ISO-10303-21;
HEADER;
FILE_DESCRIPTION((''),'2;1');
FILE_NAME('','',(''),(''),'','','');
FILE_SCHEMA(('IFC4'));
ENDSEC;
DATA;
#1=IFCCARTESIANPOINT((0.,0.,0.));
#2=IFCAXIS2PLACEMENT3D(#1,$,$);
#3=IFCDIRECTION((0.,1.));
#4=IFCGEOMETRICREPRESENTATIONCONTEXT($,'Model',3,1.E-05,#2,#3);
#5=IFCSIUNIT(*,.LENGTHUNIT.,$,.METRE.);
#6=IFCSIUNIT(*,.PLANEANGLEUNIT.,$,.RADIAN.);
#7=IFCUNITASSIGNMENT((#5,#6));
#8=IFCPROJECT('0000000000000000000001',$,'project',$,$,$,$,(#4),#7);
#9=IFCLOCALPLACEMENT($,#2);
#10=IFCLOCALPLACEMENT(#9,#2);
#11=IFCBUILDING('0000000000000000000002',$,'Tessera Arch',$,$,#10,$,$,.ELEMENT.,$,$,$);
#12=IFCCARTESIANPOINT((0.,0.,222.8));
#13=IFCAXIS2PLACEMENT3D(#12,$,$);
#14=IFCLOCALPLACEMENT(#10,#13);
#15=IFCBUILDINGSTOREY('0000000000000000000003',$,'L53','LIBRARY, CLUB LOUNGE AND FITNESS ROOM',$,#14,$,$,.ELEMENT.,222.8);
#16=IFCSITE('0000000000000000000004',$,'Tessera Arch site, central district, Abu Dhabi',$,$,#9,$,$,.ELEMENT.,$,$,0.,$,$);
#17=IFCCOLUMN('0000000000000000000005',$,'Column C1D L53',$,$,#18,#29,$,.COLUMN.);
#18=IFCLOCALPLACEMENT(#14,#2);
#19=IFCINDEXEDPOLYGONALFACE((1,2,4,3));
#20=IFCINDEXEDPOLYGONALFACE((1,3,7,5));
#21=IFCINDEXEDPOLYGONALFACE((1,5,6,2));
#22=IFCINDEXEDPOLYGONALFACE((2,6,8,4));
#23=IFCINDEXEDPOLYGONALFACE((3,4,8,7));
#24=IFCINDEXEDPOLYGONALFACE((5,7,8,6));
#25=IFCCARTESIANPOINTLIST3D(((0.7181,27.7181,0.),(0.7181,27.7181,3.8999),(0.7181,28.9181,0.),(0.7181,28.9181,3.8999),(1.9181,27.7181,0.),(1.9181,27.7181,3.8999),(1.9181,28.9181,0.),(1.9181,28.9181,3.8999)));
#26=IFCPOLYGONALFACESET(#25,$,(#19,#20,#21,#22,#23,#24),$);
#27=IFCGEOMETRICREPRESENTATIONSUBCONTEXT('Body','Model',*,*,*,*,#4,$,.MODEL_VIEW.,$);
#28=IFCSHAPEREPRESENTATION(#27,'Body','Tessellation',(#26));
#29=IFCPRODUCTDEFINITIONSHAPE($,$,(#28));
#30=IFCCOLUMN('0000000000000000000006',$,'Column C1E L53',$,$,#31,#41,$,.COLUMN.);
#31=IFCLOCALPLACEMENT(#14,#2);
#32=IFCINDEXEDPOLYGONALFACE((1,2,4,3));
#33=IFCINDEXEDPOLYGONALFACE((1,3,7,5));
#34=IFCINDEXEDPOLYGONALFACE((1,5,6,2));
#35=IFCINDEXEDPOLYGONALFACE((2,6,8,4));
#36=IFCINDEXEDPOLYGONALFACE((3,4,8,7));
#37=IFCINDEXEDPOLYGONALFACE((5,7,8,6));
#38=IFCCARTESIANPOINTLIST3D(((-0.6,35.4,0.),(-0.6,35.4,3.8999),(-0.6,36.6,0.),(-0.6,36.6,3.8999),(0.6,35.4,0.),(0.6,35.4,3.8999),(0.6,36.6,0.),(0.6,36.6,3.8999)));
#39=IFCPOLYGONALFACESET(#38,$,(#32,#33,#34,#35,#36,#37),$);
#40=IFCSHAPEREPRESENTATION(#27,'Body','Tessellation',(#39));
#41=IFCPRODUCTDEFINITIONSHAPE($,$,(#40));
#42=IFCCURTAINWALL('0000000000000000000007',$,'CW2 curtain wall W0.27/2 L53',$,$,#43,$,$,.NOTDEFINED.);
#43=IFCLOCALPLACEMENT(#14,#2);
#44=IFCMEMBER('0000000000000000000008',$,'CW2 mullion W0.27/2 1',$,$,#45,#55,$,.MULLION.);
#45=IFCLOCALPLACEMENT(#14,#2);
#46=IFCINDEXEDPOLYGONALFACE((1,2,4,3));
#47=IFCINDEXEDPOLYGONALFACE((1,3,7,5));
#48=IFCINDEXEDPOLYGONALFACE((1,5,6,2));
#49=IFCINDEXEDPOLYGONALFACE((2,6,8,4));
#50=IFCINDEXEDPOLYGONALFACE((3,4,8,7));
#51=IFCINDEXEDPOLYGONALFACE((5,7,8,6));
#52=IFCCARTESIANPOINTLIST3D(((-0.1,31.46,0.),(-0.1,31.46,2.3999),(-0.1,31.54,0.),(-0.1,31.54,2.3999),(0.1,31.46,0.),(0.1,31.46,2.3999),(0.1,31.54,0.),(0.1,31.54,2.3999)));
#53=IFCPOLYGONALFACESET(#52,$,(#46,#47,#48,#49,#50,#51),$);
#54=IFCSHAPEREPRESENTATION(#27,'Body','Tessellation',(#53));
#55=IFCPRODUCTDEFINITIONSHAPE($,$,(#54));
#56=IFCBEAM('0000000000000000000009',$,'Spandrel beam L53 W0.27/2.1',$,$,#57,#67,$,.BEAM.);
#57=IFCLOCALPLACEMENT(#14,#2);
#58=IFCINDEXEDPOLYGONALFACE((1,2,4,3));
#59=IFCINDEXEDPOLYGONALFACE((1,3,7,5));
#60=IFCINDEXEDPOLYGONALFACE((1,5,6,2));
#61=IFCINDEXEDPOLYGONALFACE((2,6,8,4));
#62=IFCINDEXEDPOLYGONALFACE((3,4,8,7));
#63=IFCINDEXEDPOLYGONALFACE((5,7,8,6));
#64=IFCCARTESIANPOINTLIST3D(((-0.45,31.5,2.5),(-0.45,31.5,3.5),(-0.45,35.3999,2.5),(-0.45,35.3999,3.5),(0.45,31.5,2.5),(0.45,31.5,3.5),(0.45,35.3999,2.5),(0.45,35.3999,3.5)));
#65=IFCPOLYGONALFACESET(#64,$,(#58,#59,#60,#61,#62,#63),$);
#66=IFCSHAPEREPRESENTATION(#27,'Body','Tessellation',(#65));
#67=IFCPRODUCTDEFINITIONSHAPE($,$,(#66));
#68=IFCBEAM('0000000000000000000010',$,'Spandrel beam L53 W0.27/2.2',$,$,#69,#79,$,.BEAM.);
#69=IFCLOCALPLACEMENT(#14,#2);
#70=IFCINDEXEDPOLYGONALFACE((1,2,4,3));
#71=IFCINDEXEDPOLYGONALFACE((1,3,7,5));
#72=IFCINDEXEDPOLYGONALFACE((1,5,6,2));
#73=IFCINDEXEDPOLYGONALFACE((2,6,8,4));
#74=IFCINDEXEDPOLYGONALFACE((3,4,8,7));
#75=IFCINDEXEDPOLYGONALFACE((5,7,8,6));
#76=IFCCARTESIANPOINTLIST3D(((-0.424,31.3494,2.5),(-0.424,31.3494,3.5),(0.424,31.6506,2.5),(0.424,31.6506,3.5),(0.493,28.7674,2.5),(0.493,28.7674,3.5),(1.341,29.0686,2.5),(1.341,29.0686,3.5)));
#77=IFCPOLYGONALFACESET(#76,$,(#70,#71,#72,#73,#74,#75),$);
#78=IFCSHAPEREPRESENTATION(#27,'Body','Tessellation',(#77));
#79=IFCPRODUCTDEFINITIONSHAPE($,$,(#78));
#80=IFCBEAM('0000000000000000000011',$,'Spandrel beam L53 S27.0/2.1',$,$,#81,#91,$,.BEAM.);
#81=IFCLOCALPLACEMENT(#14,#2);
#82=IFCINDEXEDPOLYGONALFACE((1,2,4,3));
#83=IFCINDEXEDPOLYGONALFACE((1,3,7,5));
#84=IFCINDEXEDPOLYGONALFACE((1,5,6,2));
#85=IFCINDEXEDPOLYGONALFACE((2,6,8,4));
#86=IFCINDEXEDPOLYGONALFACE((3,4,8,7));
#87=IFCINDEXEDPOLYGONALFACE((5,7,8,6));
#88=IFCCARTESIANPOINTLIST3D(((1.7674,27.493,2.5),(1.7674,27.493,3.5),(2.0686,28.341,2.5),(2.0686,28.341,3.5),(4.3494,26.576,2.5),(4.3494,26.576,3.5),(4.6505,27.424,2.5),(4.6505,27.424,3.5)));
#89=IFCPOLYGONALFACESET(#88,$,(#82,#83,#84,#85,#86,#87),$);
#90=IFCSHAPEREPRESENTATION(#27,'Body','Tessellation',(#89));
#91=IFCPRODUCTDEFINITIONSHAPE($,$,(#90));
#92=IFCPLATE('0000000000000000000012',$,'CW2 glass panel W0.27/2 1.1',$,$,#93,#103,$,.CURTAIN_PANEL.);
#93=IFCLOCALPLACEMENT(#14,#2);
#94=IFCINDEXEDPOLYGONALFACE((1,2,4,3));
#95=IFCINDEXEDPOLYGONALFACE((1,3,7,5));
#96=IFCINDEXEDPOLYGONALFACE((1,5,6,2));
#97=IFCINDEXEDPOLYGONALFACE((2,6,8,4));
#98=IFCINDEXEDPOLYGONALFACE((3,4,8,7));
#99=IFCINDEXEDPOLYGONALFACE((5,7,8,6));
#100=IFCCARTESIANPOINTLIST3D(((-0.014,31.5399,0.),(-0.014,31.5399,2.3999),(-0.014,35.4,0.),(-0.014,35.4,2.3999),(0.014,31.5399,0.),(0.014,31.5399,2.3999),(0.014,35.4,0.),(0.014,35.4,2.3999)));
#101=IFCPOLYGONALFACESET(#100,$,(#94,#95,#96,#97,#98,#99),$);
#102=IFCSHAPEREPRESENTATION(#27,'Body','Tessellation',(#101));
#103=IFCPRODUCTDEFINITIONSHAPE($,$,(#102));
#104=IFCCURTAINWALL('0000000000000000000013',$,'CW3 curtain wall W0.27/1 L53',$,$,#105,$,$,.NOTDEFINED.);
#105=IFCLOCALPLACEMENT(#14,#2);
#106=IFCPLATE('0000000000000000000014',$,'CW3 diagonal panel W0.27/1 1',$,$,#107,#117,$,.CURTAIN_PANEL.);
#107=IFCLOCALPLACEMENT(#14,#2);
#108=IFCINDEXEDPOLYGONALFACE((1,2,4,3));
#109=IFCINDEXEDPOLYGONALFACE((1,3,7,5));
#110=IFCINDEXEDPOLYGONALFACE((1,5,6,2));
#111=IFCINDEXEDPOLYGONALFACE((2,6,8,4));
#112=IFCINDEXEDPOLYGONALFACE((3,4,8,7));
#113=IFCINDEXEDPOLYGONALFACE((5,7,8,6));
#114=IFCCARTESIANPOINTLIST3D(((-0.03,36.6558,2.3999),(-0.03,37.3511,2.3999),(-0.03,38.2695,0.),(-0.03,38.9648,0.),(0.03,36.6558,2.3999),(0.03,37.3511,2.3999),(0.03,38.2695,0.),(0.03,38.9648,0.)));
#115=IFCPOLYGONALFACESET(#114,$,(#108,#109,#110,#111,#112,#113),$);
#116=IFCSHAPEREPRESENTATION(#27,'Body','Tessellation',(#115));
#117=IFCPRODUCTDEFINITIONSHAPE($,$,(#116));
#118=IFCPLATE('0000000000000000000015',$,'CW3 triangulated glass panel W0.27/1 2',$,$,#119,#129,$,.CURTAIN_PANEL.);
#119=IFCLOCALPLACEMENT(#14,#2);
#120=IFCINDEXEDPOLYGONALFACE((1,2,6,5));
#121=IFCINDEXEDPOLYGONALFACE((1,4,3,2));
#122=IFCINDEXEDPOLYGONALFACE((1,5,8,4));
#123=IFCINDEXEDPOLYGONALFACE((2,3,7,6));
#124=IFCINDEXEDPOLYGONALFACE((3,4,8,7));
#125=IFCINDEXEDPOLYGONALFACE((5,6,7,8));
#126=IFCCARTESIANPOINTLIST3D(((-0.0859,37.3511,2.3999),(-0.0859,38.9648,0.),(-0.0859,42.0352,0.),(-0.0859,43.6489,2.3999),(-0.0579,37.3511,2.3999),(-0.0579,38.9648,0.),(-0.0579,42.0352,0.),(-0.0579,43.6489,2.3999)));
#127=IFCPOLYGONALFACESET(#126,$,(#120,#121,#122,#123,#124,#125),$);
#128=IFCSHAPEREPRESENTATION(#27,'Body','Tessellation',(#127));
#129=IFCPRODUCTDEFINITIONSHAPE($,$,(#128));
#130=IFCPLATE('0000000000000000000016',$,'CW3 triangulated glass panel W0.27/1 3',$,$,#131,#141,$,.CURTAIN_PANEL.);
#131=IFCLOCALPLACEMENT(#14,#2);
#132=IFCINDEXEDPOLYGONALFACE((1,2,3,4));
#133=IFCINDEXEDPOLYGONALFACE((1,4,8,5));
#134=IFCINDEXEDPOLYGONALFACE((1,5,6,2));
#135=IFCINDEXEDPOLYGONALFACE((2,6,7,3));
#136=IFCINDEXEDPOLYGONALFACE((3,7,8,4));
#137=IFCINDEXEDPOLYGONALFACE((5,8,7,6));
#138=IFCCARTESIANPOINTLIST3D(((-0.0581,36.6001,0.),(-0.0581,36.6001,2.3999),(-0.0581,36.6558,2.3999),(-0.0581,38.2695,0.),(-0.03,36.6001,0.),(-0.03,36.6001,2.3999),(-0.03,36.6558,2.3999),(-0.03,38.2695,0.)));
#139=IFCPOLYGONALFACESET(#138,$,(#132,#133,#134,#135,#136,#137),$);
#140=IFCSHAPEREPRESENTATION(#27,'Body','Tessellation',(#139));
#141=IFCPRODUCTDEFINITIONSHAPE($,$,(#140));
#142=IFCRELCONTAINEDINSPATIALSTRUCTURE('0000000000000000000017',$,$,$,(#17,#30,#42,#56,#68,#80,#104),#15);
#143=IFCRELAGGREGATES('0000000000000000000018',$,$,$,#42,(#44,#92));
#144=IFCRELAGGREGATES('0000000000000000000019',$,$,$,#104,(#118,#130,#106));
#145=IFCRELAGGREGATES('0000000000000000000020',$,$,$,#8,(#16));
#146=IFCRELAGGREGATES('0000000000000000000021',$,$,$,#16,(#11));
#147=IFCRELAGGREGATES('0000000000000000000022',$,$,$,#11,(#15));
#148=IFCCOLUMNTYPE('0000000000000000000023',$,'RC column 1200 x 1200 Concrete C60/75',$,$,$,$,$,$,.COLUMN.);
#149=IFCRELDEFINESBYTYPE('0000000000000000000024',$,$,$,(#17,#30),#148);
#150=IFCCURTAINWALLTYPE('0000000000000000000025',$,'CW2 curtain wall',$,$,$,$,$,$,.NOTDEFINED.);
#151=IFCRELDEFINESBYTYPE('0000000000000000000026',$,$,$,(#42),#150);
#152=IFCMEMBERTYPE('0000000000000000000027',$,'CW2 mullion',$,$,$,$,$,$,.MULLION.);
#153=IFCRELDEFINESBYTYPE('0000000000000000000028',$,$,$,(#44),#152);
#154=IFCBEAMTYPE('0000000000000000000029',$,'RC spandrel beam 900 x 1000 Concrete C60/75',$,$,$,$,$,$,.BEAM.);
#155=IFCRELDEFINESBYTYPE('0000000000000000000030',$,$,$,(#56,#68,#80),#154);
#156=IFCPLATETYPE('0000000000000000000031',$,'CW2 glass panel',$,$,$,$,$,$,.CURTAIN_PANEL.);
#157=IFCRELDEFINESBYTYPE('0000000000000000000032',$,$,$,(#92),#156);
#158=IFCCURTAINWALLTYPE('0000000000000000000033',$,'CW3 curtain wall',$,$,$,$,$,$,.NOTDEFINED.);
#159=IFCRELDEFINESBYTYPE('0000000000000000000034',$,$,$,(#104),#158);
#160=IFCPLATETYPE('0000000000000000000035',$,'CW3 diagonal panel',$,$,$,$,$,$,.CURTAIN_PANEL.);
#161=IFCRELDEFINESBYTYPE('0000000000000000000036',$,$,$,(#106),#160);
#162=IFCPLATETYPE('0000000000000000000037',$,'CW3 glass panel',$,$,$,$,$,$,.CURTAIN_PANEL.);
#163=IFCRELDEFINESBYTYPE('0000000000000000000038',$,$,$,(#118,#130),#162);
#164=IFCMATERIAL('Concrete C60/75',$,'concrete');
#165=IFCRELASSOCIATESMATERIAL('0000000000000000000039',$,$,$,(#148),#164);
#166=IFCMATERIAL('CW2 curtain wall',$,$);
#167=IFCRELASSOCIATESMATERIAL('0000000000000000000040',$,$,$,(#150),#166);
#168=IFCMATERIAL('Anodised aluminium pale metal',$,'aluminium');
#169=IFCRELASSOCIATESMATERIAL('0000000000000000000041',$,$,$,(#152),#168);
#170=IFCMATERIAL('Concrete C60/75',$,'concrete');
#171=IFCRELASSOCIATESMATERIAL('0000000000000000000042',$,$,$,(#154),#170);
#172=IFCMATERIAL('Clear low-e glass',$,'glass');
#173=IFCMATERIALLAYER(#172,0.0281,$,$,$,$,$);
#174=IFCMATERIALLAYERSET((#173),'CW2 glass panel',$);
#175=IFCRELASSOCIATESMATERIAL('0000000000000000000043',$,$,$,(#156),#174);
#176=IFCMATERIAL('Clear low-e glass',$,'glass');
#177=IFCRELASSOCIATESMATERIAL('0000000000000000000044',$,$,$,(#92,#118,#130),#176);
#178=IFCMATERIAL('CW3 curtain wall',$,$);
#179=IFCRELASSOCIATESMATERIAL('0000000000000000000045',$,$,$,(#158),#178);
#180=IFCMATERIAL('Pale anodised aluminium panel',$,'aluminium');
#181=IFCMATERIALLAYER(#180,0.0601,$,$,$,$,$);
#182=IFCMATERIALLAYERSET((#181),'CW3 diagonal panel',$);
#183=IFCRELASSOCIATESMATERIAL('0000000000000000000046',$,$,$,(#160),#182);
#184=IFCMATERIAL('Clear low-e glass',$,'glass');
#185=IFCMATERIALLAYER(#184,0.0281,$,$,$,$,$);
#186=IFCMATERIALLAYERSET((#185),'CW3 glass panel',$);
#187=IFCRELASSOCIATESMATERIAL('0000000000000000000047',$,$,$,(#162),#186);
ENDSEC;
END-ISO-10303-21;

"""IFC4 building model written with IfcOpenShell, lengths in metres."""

from ifc_helpers import new_model, si_unit, direction, frame, origin, origin_2d, place, context, subcontext, project, spatial, polyline, rectangle, outline, extrude, material, layer, layer_set, material_profile, profile_set, type_object, element, aggregate, save


model = new_model("IFC4")

# Units and contexts
model_context = context("Model", 3, precision=1e-05, world=origin(), true_north=direction((0.0, 1.0)))
body_context = subcontext(model_context, "Body", "Model", "MODEL_VIEW")
ifc_project = project(units=[si_unit("LENGTHUNIT", "METRE"), si_unit("PLANEANGLEUNIT", "RADIAN")], contexts=[model_context])

# Site, building, storey
site_placement = place(None, origin())
site = spatial("IfcSite", under=ifc_project, at=site_placement, Name="Tessera Arch site, central district, Abu Dhabi", CompositionType="ELEMENT", RefElevation=0.0)
building_placement = place(site_placement, origin())
building = spatial("IfcBuilding", under=site, at=building_placement, Name="Tessera Arch", CompositionType="ELEMENT")
storey_placement = place(building_placement, frame((0.0, 0.0, 222.8)))
storey = spatial("IfcBuildingStorey", under=building, at=storey_placement, Name="L53", Description="LIBRARY, CLUB LOUNGE AND FITNESS ROOM", CompositionType="ELEMENT", Elevation=222.8)

# Columns
ifc_material_1 = material(Name="Concrete C60/75", Category="concrete")
ifc_material_profile_1 = material_profile(ifc_material_1, rectangle(XDim=1.2, YDim=1.2, at=origin_2d()), Name="RC column 1200 x 1200 Concrete C60/75")
ifc_profile_set_1 = profile_set([ifc_material_profile_1], Name="Concrete C60/75")
column_type = type_object("IfcColumnType", Name="RC column 1200 x 1200 Concrete C60/75", PredefinedType="COLUMN", material=ifc_profile_set_1)
for number, where, z_axis, x_axis, name in (
    (1, (1.3181, 28.3181, 0.0), (0.0, 0.0, 1.0), (1.0, 0.0, 0.0), "Column C1D L53"),
    (2, (0.0, 36.0, 0.0), (0.0, 0.0, 1.0), (1.0, 0.0, 0.0), "Column C1E L53"),
):
    element("IfcColumn", number, at=place(storey_placement, frame(where, z_axis=z_axis, x_axis=x_axis)), inside=storey, type_object=column_type, Name=name, PredefinedType="COLUMN", context=body_context, shape_type="SweptSolid", body=[
        extrude(rectangle(XDim=1.2, YDim=1.2, at=origin_2d()), origin(), (0.0, 0.0, 1.0), 3.8999),
    ])

# Curtain wall, member
ifc_material_2 = material(Name="CW2 curtain wall")
curtain_wall_type_1 = type_object("IfcCurtainWallType", Name="CW2 curtain wall", PredefinedType="NOTDEFINED", material=ifc_material_2)
curtain_wall_1_placement = place(storey_placement, origin())
curtain_wall_1 = element("IfcCurtainWall", 3, at=curtain_wall_1_placement, inside=storey, type_object=curtain_wall_type_1, Name="CW2 curtain wall W0.27/2 L53", PredefinedType="NOTDEFINED")
ifc_material_3 = material(Name="Anodised aluminium pale metal", Category="aluminium")
ifc_material_profile_2 = material_profile(ifc_material_3, rectangle(XDim=0.2, YDim=0.0801, at=origin_2d()), Name="AL 80x200")
ifc_profile_set_2 = profile_set([ifc_material_profile_2], Name="Anodised aluminium pale metal")
member_type = type_object("IfcMemberType", Name="CW2 mullion", PredefinedType="MULLION", material=ifc_profile_set_2)
member_placement = place(storey_placement, frame((0.0, 31.5, 0.0), z_axis=(0.0, 0.0, 1.0), x_axis=(1.0, 0.0, 0.0)))
member = element("IfcMember", 4, at=member_placement, type_object=member_type, Name="CW2 mullion W0.27/2 1", PredefinedType="MULLION", context=body_context, shape_type="SweptSolid", body=[
    extrude(rectangle(XDim=0.2, YDim=0.0801, at=origin_2d()), origin(), (0.0, 0.0, 1.0), 2.3999),
])

# Beams
ifc_material_4 = material(Name="Concrete C60/75", Category="concrete")
ifc_material_profile_3 = material_profile(ifc_material_4, rectangle(XDim=0.8999, YDim=1.0, at=origin_2d()), Name="RC spandrel beam 900 x 1000 Concrete C60/75")
ifc_profile_set_3 = profile_set([ifc_material_profile_3], Name="Concrete C60/75")
beam_type = type_object("IfcBeamType", Name="RC spandrel beam 900 x 1000 Concrete C60/75", PredefinedType="BEAM", material=ifc_profile_set_3)
beam_placement = place(storey_placement, frame((0.0, 35.3999, 3.0), z_axis=(0.0, -1.0, 0.0), x_axis=(1.0, 0.0, 0.0)))
element("IfcBeam", 5, at=beam_placement, inside=storey, type_object=beam_type, Name="Spandrel beam L53 W0.27/2.1", PredefinedType="BEAM", context=body_context, shape_type="SweptSolid", body=[
    extrude(rectangle(XDim=0.8999, YDim=1.0, at=origin_2d()), origin(), (0.0, 0.0, 1.0), 3.8999),
])
for number, where, z_axis, x_axis, name in (
    (6, (0.0, 31.5, 3.0), (0.334665, -0.942337, 0.0), (0.942337, 0.334665, 0.0), "Spandrel beam L53 W0.27/2.2"),
    (7, (1.918, 27.917, 3.0), (0.942337, -0.334665, 0.0), (0.334665, 0.942337, 0.0), "Spandrel beam L53 S27.0/2.1"),
):
    element("IfcBeam", number, at=place(storey_placement, frame(where, z_axis=z_axis, x_axis=x_axis)), inside=storey, type_object=beam_type, Name=name, PredefinedType="BEAM", context=body_context, shape_type="SweptSolid", body=[
        extrude(rectangle(XDim=0.8999, YDim=1.0, at=origin_2d()), origin(), (0.0, 0.0, 1.0), 2.74),
    ])

# Plate
ifc_material_5 = material(Name="Clear low-e glass", Category="glass")
ifc_material_6 = material(Name="Clear low-e glass", Category="glass")
ifc_layer_1 = layer(ifc_material_6, 0.0281)
ifc_layer_set_1 = layer_set([ifc_layer_1], Name="CW2 glass panel")
plate_type_1 = type_object("IfcPlateType", Name="CW2 glass panel", PredefinedType="CURTAIN_PANEL", material=ifc_layer_set_1)
plate_1_placement = place(storey_placement, frame((0.0, 33.47, 0.0), z_axis=(0.0, 0.0, 1.0), x_axis=(0.0, -1.0, 0.0)))
plate_1 = element("IfcPlate", 8, at=plate_1_placement, type_object=plate_type_1, material=ifc_material_5, Name="CW2 glass panel W0.27/2 1.1", PredefinedType="CURTAIN_PANEL", context=body_context, shape_type="SweptSolid", body=[
    extrude(rectangle(XDim=3.8601, YDim=0.0281, at=origin_2d()), origin(), (0.0, 0.0, 1.0), 2.3999),
])
aggregate(curtain_wall_1, [member, plate_1])

# Curtain wall, plates
ifc_material_7 = material(Name="CW3 curtain wall")
curtain_wall_type_2 = type_object("IfcCurtainWallType", Name="CW3 curtain wall", PredefinedType="NOTDEFINED", material=ifc_material_7)
curtain_wall_2_placement = place(storey_placement, origin())
curtain_wall_2 = element("IfcCurtainWall", 9, at=curtain_wall_2_placement, inside=storey, type_object=curtain_wall_type_2, Name="CW3 curtain wall W0.27/1 L53", PredefinedType="NOTDEFINED")
ifc_material_8 = material(Name="Pale anodised aluminium panel", Category="aluminium")
ifc_layer_2 = layer(ifc_material_8, 0.0601)
ifc_layer_set_2 = layer_set([ifc_layer_2], Name="CW3 diagonal panel")
plate_type_2 = type_object("IfcPlateType", Name="CW3 diagonal panel", PredefinedType="CURTAIN_PANEL", material=ifc_layer_set_2)
plate_2_placement = place(storey_placement, frame((-0.03, 36.6558, 2.3999), z_axis=(-1.0, 0.0, 0.0), x_axis=(0.0, 1.0, 0.0)))
plate_2 = element("IfcPlate", 10, at=plate_2_placement, type_object=plate_type_2, Name="CW3 diagonal panel W0.27/1 1", PredefinedType="CURTAIN_PANEL", context=body_context, shape_type="SweptSolid", body=[
    extrude(outline(polyline([(0.0, 0.0), (0.6953, 0.0), (2.3091, 2.3999), (1.6138, 2.3999), (0.0, 0.0)])), origin(), (0.0, 0.0, -1.0), 0.0601),
])
ifc_material_9 = material(Name="Clear low-e glass", Category="glass")
ifc_layer_3 = layer(ifc_material_9, 0.0281)
ifc_layer_set_3 = layer_set([ifc_layer_3], Name="CW3 glass panel")
plate_type_3 = type_object("IfcPlateType", Name="CW3 glass panel", PredefinedType="CURTAIN_PANEL", material=ifc_layer_set_3)
plate_3_placement = place(storey_placement, frame((-0.0859, 37.3511, 2.3999), z_axis=(-1.0, 0.0, 0.0), x_axis=(0.0, 1.0, 0.0)))
plate_3 = element("IfcPlate", 11, at=plate_3_placement, type_object=plate_type_3, material=ifc_material_5, Name="CW3 triangulated glass panel W0.27/1 2", PredefinedType="CURTAIN_PANEL", context=body_context, shape_type="SweptSolid", body=[
    extrude(outline(polyline([(0.0, 0.0), (6.2979, 0.0), (4.6841, 2.3999), (1.6138, 2.3999), (0.0, 0.0)])), origin(), (0.0, 0.0, -1.0), 0.0281),
])
plate_4_placement = place(storey_placement, frame((-0.0581, 36.6001, 2.3999), z_axis=(-1.0, 0.0, 0.0), x_axis=(0.0, 1.0, 0.0)))
plate_4 = element("IfcPlate", 12, at=plate_4_placement, type_object=plate_type_3, material=ifc_material_5, Name="CW3 triangulated glass panel W0.27/1 3", PredefinedType="CURTAIN_PANEL", context=body_context, shape_type="SweptSolid", body=[
    extrude(outline(polyline([(0.0, 0.0), (0.0557, 0.0), (1.6694, 2.3999), (0.0, 2.3999), (0.0, 0.0)])), origin(), (0.0, 0.0, -1.0), 0.0281),
])
aggregate(curtain_wall_2, [plate_3, plate_4, plate_2])

save(model, "model.ifc")
